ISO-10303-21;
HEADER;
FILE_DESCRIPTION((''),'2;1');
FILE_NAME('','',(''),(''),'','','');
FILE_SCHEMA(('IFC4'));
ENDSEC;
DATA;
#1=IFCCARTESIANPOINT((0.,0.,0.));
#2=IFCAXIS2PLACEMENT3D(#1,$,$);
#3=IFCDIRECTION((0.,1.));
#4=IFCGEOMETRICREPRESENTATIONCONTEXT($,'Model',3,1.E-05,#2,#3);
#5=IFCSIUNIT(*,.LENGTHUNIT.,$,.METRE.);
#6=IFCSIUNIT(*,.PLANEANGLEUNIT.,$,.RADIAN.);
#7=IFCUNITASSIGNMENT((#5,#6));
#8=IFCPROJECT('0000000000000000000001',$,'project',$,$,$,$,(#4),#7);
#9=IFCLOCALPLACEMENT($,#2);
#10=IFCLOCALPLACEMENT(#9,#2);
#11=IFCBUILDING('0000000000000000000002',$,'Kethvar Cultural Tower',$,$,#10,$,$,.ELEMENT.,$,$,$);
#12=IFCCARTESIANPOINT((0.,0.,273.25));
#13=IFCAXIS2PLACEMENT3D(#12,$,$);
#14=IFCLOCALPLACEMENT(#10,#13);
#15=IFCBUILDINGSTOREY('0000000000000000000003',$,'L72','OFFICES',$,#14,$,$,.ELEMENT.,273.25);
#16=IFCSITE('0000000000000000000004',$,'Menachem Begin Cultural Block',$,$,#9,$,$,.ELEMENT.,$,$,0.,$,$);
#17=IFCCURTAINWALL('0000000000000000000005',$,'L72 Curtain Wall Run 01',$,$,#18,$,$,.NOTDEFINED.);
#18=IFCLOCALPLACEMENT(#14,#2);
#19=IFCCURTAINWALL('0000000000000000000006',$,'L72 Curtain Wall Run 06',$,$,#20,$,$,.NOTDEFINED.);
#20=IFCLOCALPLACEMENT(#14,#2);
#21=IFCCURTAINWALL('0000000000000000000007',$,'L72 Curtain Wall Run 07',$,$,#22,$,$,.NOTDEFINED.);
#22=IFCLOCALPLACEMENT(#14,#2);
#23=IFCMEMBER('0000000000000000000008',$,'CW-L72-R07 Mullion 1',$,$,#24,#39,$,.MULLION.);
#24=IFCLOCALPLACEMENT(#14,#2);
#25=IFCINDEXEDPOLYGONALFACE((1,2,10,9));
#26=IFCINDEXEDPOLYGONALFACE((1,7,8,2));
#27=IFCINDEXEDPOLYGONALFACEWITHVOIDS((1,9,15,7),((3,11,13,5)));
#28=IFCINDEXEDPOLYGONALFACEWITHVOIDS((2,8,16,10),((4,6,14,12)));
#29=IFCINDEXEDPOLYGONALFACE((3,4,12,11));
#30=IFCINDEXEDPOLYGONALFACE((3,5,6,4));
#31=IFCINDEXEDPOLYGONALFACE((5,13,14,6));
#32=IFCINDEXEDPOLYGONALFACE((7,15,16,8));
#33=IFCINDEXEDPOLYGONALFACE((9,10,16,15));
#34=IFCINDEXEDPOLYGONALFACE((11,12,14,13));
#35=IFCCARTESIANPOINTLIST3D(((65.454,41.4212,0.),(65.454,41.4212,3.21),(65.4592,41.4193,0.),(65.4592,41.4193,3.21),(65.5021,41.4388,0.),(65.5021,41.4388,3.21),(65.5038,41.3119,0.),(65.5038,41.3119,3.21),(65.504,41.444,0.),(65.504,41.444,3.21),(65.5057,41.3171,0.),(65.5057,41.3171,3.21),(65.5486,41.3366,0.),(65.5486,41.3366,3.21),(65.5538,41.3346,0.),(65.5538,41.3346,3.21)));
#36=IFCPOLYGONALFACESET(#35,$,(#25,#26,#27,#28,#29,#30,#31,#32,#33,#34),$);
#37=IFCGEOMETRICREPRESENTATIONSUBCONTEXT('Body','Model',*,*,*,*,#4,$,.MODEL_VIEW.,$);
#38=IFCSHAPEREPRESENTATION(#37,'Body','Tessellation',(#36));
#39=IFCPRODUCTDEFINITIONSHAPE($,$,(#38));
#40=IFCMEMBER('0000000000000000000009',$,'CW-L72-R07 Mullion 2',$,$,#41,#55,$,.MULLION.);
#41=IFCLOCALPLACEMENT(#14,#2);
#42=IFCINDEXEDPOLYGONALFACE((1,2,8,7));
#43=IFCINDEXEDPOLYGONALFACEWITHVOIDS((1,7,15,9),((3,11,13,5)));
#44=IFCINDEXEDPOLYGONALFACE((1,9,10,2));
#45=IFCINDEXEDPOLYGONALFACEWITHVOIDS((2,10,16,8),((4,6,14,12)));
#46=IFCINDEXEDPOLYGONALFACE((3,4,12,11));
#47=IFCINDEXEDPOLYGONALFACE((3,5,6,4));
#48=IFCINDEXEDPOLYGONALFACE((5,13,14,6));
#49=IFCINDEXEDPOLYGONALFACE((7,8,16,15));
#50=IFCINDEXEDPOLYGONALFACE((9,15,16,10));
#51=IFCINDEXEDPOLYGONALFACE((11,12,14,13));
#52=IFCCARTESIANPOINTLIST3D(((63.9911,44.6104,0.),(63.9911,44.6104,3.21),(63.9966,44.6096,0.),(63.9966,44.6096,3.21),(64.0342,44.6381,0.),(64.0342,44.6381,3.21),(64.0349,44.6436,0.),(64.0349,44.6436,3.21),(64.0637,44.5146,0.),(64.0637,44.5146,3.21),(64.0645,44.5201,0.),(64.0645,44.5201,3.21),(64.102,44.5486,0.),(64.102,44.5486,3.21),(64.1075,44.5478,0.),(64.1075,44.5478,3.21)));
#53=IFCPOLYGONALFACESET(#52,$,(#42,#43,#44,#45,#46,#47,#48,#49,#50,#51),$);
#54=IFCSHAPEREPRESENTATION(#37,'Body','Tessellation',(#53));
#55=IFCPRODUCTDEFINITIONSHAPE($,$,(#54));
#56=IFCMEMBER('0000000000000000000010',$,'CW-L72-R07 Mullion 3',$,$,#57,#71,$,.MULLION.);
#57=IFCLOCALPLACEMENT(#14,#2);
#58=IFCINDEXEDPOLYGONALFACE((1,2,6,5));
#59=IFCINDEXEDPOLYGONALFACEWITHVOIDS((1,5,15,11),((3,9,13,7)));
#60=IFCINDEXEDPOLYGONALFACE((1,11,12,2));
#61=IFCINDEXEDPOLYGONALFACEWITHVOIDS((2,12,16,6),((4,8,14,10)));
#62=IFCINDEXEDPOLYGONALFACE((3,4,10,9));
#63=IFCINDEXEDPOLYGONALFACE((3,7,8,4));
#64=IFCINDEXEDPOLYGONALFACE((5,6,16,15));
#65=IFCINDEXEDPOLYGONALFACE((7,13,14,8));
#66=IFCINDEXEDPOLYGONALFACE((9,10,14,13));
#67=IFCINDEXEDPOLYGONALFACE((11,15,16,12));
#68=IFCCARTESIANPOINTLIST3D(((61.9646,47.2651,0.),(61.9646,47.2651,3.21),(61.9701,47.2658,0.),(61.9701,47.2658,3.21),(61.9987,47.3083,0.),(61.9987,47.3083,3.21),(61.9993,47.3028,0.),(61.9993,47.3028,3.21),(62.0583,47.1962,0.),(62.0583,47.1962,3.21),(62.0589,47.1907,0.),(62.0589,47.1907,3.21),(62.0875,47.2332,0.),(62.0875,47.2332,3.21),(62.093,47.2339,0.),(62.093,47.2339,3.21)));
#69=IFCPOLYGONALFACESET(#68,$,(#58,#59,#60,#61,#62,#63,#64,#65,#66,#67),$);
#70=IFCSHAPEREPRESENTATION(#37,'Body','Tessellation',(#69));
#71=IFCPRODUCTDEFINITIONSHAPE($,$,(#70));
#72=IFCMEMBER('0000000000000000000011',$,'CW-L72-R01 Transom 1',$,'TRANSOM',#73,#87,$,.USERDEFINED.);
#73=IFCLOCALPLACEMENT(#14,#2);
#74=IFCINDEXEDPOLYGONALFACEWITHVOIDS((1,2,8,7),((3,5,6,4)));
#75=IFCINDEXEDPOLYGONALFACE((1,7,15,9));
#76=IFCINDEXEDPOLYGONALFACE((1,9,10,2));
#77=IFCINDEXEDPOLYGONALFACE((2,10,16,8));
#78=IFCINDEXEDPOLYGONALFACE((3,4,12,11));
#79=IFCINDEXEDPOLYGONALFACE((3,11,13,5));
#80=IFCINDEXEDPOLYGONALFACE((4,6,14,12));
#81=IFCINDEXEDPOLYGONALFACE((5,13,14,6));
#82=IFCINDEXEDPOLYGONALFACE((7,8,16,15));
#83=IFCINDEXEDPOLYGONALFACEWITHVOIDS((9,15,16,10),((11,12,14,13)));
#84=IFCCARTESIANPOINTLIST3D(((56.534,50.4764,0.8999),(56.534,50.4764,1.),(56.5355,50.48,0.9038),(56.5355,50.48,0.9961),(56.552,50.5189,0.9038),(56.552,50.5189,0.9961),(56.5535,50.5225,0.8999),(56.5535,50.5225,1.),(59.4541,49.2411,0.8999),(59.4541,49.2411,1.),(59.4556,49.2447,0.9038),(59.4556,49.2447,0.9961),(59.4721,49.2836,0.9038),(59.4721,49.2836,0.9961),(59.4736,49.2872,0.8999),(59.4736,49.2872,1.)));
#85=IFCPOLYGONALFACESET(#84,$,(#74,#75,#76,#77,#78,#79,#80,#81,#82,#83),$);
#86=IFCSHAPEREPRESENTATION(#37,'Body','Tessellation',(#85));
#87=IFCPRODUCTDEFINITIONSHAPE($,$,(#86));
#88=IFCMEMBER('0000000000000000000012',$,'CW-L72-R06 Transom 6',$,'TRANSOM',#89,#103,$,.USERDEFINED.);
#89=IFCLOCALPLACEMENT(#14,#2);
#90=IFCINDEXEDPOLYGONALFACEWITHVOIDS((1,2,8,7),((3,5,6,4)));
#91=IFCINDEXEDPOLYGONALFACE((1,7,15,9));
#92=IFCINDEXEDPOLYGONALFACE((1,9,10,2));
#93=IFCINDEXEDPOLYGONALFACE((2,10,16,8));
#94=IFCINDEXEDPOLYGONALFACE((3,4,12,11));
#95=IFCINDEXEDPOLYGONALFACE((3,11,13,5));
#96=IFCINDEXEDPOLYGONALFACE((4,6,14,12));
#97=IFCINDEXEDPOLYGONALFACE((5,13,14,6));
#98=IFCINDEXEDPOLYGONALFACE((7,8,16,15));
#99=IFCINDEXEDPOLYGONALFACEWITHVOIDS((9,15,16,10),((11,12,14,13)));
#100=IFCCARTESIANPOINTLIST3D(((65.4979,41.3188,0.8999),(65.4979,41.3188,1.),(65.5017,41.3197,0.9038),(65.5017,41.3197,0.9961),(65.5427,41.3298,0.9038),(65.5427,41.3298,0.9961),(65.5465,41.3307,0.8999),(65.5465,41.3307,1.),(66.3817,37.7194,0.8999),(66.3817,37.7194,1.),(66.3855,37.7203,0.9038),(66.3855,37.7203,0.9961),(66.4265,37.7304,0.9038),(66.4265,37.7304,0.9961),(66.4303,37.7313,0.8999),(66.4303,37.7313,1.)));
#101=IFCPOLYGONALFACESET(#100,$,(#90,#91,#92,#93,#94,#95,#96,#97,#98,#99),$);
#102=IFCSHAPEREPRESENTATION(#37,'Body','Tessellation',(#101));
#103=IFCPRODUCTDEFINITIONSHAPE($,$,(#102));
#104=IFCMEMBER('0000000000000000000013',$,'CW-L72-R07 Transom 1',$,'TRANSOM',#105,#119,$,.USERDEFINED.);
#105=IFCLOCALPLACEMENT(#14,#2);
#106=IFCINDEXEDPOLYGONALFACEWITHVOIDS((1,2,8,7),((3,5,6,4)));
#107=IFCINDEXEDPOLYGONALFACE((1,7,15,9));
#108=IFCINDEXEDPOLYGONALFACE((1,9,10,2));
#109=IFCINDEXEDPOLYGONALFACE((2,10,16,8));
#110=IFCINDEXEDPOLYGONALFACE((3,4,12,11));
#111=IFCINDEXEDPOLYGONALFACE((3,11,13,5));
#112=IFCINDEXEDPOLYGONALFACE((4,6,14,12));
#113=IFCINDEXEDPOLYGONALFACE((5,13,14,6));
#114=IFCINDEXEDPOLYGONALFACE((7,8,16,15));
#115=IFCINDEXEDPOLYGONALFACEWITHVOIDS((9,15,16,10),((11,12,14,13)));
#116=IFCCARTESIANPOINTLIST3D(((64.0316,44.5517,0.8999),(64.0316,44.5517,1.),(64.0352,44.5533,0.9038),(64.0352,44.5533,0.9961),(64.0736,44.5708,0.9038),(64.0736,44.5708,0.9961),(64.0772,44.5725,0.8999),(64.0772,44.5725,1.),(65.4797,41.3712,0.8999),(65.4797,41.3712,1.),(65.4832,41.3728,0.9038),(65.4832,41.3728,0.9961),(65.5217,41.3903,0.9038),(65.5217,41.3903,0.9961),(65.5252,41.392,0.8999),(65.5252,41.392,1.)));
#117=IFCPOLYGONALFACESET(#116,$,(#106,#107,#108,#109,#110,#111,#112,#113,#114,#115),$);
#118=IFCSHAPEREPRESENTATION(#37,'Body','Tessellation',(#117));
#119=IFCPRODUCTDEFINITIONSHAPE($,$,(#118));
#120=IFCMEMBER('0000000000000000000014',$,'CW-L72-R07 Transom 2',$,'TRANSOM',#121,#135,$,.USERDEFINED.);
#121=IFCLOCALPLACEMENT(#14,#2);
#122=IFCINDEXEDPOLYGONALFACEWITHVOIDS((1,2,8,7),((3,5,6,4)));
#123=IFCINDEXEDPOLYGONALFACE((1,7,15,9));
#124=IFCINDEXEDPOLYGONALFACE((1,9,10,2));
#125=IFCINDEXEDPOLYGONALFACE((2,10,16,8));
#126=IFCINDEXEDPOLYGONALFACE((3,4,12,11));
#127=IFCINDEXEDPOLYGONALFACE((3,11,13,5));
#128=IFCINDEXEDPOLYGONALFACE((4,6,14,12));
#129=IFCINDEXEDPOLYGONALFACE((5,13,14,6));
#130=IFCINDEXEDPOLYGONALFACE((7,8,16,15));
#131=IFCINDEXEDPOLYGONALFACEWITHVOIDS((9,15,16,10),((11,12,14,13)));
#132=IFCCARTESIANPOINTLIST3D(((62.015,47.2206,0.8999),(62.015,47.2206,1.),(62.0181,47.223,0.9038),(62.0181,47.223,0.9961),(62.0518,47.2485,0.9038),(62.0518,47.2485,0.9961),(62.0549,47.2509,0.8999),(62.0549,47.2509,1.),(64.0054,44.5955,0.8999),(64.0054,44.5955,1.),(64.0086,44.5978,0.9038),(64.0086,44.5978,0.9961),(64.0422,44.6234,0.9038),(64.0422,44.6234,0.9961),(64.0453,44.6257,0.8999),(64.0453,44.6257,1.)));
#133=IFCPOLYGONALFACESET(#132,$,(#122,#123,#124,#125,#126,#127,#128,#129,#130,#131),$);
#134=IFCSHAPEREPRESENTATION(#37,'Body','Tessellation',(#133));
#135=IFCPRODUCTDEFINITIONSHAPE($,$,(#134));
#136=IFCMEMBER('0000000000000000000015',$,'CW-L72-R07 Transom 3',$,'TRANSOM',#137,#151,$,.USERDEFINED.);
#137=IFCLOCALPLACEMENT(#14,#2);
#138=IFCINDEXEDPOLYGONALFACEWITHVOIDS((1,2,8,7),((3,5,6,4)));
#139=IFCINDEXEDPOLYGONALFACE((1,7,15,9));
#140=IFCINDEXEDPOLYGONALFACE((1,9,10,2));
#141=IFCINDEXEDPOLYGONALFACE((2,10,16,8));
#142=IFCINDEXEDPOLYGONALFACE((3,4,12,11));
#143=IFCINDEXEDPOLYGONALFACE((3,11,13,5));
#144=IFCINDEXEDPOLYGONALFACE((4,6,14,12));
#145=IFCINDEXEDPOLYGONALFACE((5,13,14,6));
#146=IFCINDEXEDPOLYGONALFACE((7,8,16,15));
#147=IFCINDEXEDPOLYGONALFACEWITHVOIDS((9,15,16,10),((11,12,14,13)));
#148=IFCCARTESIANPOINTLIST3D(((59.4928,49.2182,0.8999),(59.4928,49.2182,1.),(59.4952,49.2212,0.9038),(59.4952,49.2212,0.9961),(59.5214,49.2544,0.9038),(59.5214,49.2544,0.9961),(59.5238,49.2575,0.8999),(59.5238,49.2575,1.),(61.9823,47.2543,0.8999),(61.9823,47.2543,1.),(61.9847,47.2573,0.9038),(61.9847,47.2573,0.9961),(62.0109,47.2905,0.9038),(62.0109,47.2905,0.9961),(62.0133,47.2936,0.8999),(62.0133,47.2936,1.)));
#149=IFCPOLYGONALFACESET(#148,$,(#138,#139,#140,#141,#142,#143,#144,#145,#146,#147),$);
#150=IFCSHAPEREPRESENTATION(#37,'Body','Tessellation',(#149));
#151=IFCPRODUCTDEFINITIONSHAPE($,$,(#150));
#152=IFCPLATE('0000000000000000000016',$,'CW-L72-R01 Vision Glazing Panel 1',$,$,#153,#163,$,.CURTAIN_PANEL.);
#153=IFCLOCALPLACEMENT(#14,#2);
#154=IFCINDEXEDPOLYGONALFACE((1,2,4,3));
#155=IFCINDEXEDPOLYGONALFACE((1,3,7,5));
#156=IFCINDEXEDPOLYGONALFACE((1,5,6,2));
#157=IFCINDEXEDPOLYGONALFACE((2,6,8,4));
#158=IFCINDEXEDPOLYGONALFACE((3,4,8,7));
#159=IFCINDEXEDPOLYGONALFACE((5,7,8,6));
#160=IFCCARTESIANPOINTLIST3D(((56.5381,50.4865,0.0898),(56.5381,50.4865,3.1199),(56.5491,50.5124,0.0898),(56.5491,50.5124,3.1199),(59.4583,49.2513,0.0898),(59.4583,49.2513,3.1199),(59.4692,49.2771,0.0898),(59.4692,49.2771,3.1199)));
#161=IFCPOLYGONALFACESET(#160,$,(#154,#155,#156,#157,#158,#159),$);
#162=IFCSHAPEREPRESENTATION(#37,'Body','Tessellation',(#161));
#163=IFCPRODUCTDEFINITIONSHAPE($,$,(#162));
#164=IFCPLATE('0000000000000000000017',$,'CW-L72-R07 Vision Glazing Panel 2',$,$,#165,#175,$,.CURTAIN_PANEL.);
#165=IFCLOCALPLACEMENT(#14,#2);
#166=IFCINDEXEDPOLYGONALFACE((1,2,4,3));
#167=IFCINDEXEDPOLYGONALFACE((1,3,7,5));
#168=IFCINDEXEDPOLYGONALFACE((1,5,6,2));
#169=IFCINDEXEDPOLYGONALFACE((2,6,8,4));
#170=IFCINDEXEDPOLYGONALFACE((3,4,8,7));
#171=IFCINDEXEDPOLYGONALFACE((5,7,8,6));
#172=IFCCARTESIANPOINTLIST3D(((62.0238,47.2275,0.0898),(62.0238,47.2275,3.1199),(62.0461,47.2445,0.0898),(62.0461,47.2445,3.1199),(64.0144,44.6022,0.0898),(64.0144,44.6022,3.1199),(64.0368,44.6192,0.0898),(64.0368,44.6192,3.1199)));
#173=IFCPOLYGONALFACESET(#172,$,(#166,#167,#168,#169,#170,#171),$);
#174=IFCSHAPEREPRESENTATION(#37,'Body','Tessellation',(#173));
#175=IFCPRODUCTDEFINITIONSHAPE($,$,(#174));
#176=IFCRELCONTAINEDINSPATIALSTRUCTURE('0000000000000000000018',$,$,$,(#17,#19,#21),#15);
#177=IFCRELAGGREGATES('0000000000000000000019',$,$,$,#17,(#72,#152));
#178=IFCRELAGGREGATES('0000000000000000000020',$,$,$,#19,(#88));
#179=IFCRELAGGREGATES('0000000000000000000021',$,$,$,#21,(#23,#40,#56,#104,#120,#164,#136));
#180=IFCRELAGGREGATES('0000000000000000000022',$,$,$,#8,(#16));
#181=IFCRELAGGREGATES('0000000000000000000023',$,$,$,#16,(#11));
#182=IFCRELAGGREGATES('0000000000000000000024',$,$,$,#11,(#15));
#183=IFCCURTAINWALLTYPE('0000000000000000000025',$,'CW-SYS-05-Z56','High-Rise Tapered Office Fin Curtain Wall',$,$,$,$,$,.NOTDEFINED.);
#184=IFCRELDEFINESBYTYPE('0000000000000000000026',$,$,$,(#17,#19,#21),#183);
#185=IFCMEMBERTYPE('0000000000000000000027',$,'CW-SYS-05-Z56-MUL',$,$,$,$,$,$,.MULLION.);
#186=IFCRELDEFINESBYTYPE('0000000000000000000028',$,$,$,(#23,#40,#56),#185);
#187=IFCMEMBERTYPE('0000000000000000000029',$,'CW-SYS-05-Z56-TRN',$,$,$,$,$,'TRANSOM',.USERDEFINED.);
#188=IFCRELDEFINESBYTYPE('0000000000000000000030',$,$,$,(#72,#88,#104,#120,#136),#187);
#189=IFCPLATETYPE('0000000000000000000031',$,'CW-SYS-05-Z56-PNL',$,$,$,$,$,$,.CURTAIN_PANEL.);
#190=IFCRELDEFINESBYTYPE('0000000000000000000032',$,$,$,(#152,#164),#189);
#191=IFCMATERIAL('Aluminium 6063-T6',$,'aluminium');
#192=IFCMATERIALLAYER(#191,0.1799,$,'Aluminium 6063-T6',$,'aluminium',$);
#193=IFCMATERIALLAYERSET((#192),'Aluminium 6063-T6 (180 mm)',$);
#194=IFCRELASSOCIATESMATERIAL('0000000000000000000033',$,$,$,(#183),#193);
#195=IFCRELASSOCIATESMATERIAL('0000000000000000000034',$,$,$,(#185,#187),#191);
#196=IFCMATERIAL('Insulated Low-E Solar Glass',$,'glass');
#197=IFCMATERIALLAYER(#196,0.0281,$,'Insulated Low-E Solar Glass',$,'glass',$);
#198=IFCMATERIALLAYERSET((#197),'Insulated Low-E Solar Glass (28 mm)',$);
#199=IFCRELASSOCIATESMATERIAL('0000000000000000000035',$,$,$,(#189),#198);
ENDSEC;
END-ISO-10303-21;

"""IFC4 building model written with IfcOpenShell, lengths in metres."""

from ifc_helpers import new_model, si_unit, direction, frame, origin, origin_2d, place, context, subcontext, project, spatial, rectangle, hollow_rectangle, extrude, source, transform, mapped, material, layer, layer_set, material_profile, profile_set, type_object, element, aggregate, save


model = new_model("IFC4")

# Units and contexts
model_context = context("Model", 3, precision=1e-05, world=origin(), true_north=direction((0.0, 1.0)))
body_context = subcontext(model_context, "Body", "Model", "MODEL_VIEW")
ifc_project = project(units=[si_unit("LENGTHUNIT", "METRE"), si_unit("PLANEANGLEUNIT", "RADIAN")], contexts=[model_context])

# Site, building, storey
site_placement = place(None, origin())
site = spatial("IfcSite", under=ifc_project, at=site_placement, Name="Menachem Begin Cultural Block", CompositionType="ELEMENT", RefElevation=0.0)
building_placement = place(site_placement, origin())
building = spatial("IfcBuilding", under=site, at=building_placement, Name="Kethvar Cultural Tower", CompositionType="ELEMENT")
storey_placement = place(building_placement, frame((0.0, 0.0, 273.25)))
storey = spatial("IfcBuildingStorey", under=building, at=storey_placement, Name="L72", Description="OFFICES", CompositionType="ELEMENT", Elevation=273.25)

# Curtain walls
ifc_material_1 = material(Name="Aluminium 6063-T6", Category="aluminium")
ifc_layer_1 = layer(ifc_material_1, 0.1799, Name="Aluminium 6063-T6", Category="aluminium")
ifc_layer_set_1 = layer_set([ifc_layer_1], Name="Aluminium 6063-T6 (180 mm)")
curtain_wall_type = type_object("IfcCurtainWallType", Name="CW-SYS-05-Z56", Description="High-Rise Tapered Office Fin Curtain Wall", PredefinedType="NOTDEFINED", material=ifc_layer_set_1)
curtain_wall_1_placement = place(storey_placement, origin())
curtain_wall_1 = element("IfcCurtainWall", 1, at=curtain_wall_1_placement, inside=storey, type_object=curtain_wall_type, Name="L72 Curtain Wall Run 01", PredefinedType="NOTDEFINED")
ifc_material_profile_1 = material_profile(ifc_material_1, hollow_rectangle(XDim=0.0549, YDim=0.1201, WallThickness=0.0039, at=origin_2d()), Name="Aluminium 6063-T6 — RHS120x55x4")
ifc_profile_set_1 = profile_set([ifc_material_profile_1], Name="Aluminium 6063-T6 — RHS120x55x4")
member_type_1 = type_object("IfcMemberType", Name="CW-SYS-05-Z56-MUL", PredefinedType="MULLION", material=ifc_profile_set_1)
shared_shape_1 = source(origin(), body_context, "Body", "SweptSolid", [
    extrude(hollow_rectangle(XDim=0.0549, YDim=0.1201, WallThickness=0.0039, at=origin_2d()), origin(), (0.0, 0.0, 1.0), 3.21),
])
curtain_wall_2_placement = place(storey_placement, origin())
curtain_wall_2 = element("IfcCurtainWall", 2, at=curtain_wall_2_placement, inside=storey, type_object=curtain_wall_type, Name="L72 Curtain Wall Run 06", PredefinedType="NOTDEFINED")

# Curtain wall, members
curtain_wall_3_placement = place(storey_placement, origin())
curtain_wall_3 = element("IfcCurtainWall", 3, at=curtain_wall_3_placement, inside=storey, type_object=curtain_wall_type, Name="L72 Curtain Wall Run 07", PredefinedType="NOTDEFINED")
member_1_placement = place(storey_placement, frame((65.5039, 41.3779, 0.0), z_axis=(0.0, 0.0, 1.0), x_axis=(-0.910135, -0.414312, 0.0)))
member_1 = element("IfcMember", 4, at=member_1_placement, type_object=member_type_1, Name="CW-L72-R07 Mullion 1", PredefinedType="MULLION", context=body_context, shape_type="MappedRepresentation", body=[
    mapped(shared_shape_1, transform((0.0, 0.0, 0.0), scale=1.0)),
])
member_2_placement = place(storey_placement, frame((64.0493, 44.5791, 0.0), z_axis=(0.0, 0.0, 1.0), x_axis=(-0.796836, -0.604196, 0.0)))
member_2 = element("IfcMember", 5, at=member_2_placement, type_object=member_type_1, Name="CW-L72-R07 Mullion 2", PredefinedType="MULLION", context=body_context, shape_type="MappedRepresentation", body=[
    mapped(shared_shape_1, transform((0.0, 0.0, 0.0), scale=1.0)),
])
member_3_placement = place(storey_placement, frame((62.0288, 47.2495, 0.0), z_axis=(0.0, 0.0, 1.0), x_axis=(-0.619395, -0.785079, 0.0)))
member_3 = element("IfcMember", 6, at=member_3_placement, type_object=member_type_1, Name="CW-L72-R07 Mullion 3", PredefinedType="MULLION", context=body_context, shape_type="MappedRepresentation", body=[
    mapped(shared_shape_1, transform((0.0, 0.0, 0.0), scale=1.0)),
])

# Members
ifc_material_profile_2 = material_profile(ifc_material_1, hollow_rectangle(XDim=0.05, YDim=0.1001, WallThickness=0.0039, at=origin_2d()), Name="Aluminium 6063-T6 — RHS100x50x4")
ifc_profile_set_2 = profile_set([ifc_material_profile_2], Name="Aluminium 6063-T6 — RHS100x50x4")
member_type_2 = type_object("IfcMemberType", Name="CW-SYS-05-Z56-TRN", ElementType="TRANSOM", PredefinedType="USERDEFINED", material=ifc_profile_set_2)
shared_shape_2 = source(origin(), body_context, "Body", "SweptSolid", [
    extrude(hollow_rectangle(XDim=0.05, YDim=0.1001, WallThickness=0.0039, at=origin_2d()), origin(), (0.0, 0.0, 1.0), 3.1707),
])
member_4_placement = place(storey_placement, frame((59.4639, 49.2642, 0.95), z_axis=(-0.920979, 0.389612, 0.0), x_axis=(-0.389612, -0.920979, 0.0)))
member_4 = element("IfcMember", 7, at=member_4_placement, type_object=member_type_2, Name="CW-L72-R01 Transom 1", ObjectType="TRANSOM", PredefinedType="USERDEFINED", context=body_context, shape_type="MappedRepresentation", body=[
    mapped(shared_shape_2, transform((0.0, 0.0, 0.0), scale=1.0)),
])
shared_shape_3 = source(origin(), body_context, "Body", "SweptSolid", [
    extrude(hollow_rectangle(XDim=0.05, YDim=0.1001, WallThickness=0.0039, at=origin_2d()), origin(), (0.0, 0.0, 1.0), 3.7063),
])
member_5_placement = place(storey_placement, frame((66.406, 37.7253, 0.95), z_axis=(-0.238457, 0.971153, 0.0), x_axis=(-0.971153, -0.238457, 0.0)))
member_5 = element("IfcMember", 8, at=member_5_placement, type_object=member_type_2, Name="CW-L72-R06 Transom 6", ObjectType="TRANSOM", PredefinedType="USERDEFINED", context=body_context, shape_type="MappedRepresentation", body=[
    mapped(shared_shape_3, transform((0.0, 0.0, 0.0), scale=1.0)),
])
shared_shape_4 = source(origin(), body_context, "Body", "SweptSolid", [
    extrude(hollow_rectangle(XDim=0.05, YDim=0.1001, WallThickness=0.0039, at=origin_2d()), origin(), (0.0, 0.0, 1.0), 3.4946),
])
member_6_placement = place(storey_placement, frame((65.5024, 41.3816, 0.95), z_axis=(-0.414361, 0.910113, 0.0), x_axis=(-0.910113, -0.414361, 0.0)))
member_6 = element("IfcMember", 9, at=member_6_placement, type_object=member_type_2, Name="CW-L72-R07 Transom 1", ObjectType="TRANSOM", PredefinedType="USERDEFINED", context=body_context, shape_type="MappedRepresentation", body=[
    mapped(shared_shape_4, transform((0.0, 0.0, 0.0), scale=1.0)),
])
shared_shape_5 = source(origin(), body_context, "Body", "SweptSolid", [
    extrude(hollow_rectangle(XDim=0.05, YDim=0.1001, WallThickness=0.0039, at=origin_2d()), origin(), (0.0, 0.0, 1.0), 3.2944),
])
member_7_placement = place(storey_placement, frame((64.0254, 44.6106, 0.95), z_axis=(-0.604177, 0.79685, 0.0), x_axis=(-0.79685, -0.604177, 0.0)))
member_7 = element("IfcMember", 10, at=member_7_placement, type_object=member_type_2, Name="CW-L72-R07 Transom 2", ObjectType="TRANSOM", PredefinedType="USERDEFINED", context=body_context, shape_type="MappedRepresentation", body=[
    mapped(shared_shape_5, transform((0.0, 0.0, 0.0), scale=1.0)),
])
shared_shape_6 = source(origin(), body_context, "Body", "SweptSolid", [
    extrude(hollow_rectangle(XDim=0.05, YDim=0.1001, WallThickness=0.0039, at=origin_2d()), origin(), (0.0, 0.0, 1.0), 3.1709),
])
member_8_placement = place(storey_placement, frame((61.9978, 47.2739, 0.95), z_axis=(-0.785117, 0.619347, 0.0), x_axis=(-0.619347, -0.785117, 0.0)))
member_8 = element("IfcMember", 11, at=member_8_placement, type_object=member_type_2, Name="CW-L72-R07 Transom 3", ObjectType="TRANSOM", PredefinedType="USERDEFINED", context=body_context, shape_type="MappedRepresentation", body=[
    mapped(shared_shape_6, transform((0.0, 0.0, 0.0), scale=1.0)),
])

# Plates
ifc_material_2 = material(Name="Insulated Low-E Solar Glass", Category="glass")
ifc_layer_2 = layer(ifc_material_2, 0.0281, Name="Insulated Low-E Solar Glass", Category="glass")
ifc_layer_set_2 = layer_set([ifc_layer_2], Name="Insulated Low-E Solar Glass (28 mm)")
plate_type = type_object("IfcPlateType", Name="CW-SYS-05-Z56-PNL", PredefinedType="CURTAIN_PANEL", material=ifc_layer_set_2)
shared_shape_7 = source(origin(), body_context, "Body", "SweptSolid", [
    extrude(rectangle(XDim=3.1707, YDim=0.0281, at=origin_2d()), origin(), (0.0, 0.0, 1.0), 3.03),
])
plate_1_placement = place(storey_placement, frame((58.0037, 49.8818, 0.0898), z_axis=(0.0, 0.0, 1.0), x_axis=(-0.920988, 0.38959, 0.0)))
plate_1 = element("IfcPlate", 12, at=plate_1_placement, type_object=plate_type, Name="CW-L72-R01 Vision Glazing Panel 1", PredefinedType="CURTAIN_PANEL", context=body_context, shape_type="MappedRepresentation", body=[
    mapped(shared_shape_7, transform((0.0, 0.0, 0.0), scale=1.0)),
])
aggregate(curtain_wall_1, [member_4, plate_1])
shared_shape_8 = source(origin(), body_context, "Body", "SweptSolid", [
    extrude(rectangle(XDim=3.2947, YDim=0.0281, at=origin_2d()), origin(), (0.0, 0.0, 1.0), 3.03),
])
plate_2_placement = place(storey_placement, frame((63.0303, 45.9233, 0.0898), z_axis=(0.0, 0.0, 1.0), x_axis=(-0.604196, 0.796836, 0.0)))
plate_2 = element("IfcPlate", 13, at=plate_2_placement, type_object=plate_type, Name="CW-L72-R07 Vision Glazing Panel 2", PredefinedType="CURTAIN_PANEL", context=body_context, shape_type="MappedRepresentation", body=[
    mapped(shared_shape_8, transform((0.0, 0.0, 0.0), scale=1.0)),
])
aggregate(curtain_wall_2, [member_5])
aggregate(curtain_wall_3, [member_1, member_2, member_3, member_6, member_7, plate_2, member_8])

save(model, "model.ifc")
